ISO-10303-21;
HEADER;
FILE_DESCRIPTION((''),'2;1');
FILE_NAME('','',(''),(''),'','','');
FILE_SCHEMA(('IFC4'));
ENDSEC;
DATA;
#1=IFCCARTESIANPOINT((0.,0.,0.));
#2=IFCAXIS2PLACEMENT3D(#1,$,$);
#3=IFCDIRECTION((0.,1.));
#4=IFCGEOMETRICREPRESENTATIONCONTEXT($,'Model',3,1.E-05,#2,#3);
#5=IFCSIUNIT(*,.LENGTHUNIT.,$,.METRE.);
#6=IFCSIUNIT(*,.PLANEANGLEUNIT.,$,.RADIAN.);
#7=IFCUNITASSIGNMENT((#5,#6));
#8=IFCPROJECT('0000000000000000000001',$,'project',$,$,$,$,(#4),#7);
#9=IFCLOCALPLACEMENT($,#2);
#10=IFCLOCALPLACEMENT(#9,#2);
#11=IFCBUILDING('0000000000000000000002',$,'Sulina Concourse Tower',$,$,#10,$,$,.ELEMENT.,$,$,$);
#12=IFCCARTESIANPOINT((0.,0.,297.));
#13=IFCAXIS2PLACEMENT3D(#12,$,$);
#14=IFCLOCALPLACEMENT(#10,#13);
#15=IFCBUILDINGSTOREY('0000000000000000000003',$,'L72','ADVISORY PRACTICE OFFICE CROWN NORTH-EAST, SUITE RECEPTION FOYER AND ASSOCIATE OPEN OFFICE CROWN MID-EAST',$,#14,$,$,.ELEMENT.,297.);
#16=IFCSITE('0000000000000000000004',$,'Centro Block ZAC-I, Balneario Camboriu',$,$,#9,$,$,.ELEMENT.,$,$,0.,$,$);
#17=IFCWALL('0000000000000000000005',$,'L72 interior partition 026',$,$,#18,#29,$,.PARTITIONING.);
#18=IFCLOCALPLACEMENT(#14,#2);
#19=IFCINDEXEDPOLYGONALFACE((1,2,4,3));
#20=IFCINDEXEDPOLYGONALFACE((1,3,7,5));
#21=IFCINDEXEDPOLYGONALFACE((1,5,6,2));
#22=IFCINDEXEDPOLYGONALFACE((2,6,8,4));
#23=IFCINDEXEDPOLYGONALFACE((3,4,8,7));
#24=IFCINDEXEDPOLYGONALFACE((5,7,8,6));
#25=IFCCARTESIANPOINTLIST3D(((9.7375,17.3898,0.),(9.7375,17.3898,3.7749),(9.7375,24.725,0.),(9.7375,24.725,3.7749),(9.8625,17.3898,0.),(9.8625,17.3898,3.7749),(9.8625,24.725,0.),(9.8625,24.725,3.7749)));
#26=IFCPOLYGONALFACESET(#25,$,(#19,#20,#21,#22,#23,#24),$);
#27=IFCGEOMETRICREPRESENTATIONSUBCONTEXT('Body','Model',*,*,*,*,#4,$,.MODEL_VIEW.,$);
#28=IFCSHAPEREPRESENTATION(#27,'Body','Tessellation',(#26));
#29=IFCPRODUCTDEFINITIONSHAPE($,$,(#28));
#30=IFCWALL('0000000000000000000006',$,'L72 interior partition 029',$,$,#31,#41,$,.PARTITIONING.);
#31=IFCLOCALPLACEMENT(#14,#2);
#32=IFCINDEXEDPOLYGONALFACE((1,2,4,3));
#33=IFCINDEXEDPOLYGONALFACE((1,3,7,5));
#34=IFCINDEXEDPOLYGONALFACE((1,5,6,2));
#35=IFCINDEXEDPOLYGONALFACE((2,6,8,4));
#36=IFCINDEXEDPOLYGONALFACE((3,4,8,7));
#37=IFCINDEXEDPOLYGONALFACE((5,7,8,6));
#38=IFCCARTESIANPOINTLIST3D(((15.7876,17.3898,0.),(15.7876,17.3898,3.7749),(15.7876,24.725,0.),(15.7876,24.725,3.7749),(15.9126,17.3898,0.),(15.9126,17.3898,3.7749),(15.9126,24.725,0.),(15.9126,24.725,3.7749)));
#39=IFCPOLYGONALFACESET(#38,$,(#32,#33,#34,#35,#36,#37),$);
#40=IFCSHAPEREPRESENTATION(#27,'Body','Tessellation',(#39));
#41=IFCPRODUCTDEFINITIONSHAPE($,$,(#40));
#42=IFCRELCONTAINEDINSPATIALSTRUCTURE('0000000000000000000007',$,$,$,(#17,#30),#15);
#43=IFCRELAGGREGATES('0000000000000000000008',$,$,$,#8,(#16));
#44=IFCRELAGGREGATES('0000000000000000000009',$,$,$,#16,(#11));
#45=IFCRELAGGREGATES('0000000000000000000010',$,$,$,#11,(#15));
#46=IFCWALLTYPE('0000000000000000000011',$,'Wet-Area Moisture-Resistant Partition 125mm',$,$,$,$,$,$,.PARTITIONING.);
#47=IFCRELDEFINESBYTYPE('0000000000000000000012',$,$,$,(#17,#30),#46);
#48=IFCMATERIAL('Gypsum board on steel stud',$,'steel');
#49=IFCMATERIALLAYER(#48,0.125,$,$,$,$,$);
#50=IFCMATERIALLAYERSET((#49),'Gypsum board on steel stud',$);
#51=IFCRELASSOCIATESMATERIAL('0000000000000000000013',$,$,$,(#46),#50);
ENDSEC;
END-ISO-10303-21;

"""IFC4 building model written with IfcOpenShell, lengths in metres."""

from ifc_helpers import new_model, si_unit, direction, frame, frame_2d, origin, place, context, subcontext, project, spatial, rectangle, extrude, material, layer, layer_set, type_object, element, save


model = new_model("IFC4")

# Units and contexts
model_context = context("Model", 3, precision=1e-05, world=origin(), true_north=direction((0.0, 1.0)))
body_context = subcontext(model_context, "Body", "Model", "MODEL_VIEW")
ifc_project = project(units=[si_unit("LENGTHUNIT", "METRE"), si_unit("PLANEANGLEUNIT", "RADIAN")], contexts=[model_context])

# Site, building, storey
site_placement = place(None, origin())
site = spatial("IfcSite", under=ifc_project, at=site_placement, Name="Centro Block ZAC-I, Balneario Camboriu", CompositionType="ELEMENT", RefElevation=0.0)
building_placement = place(site_placement, origin())
building = spatial("IfcBuilding", under=site, at=building_placement, Name="Sulina Concourse Tower", CompositionType="ELEMENT")
storey_placement = place(building_placement, frame((0.0, 0.0, 297.0)))
storey = spatial("IfcBuildingStorey", under=building, at=storey_placement, Name="L72", Description="ADVISORY PRACTICE OFFICE CROWN NORTH-EAST, SUITE RECEPTION FOYER AND ASSOCIATE OPEN OFFICE CROWN MID-EAST", CompositionType="ELEMENT", Elevation=297.0)

# Shared definitions
ifc_material_1 = material(Name="Gypsum board on steel stud", Category="steel")
ifc_layer_1 = layer(ifc_material_1, 0.125)
ifc_layer_set_1 = layer_set([ifc_layer_1], Name="Gypsum board on steel stud")
wall_type_1 = type_object("IfcWallType", Name="Wet-Area Moisture-Resistant Partition 125mm", PredefinedType="PARTITIONING", material=ifc_layer_set_1)

# Walls
for number, where, z_axis, x_axis, name in (
    (1, (9.8, 17.3899, 0.0), (0.0, 0.0, 1.0), (0.0, 1.0, 0.0), "L72 interior partition 026"),
    (2, (15.8501, 17.3899, 0.0), (0.0, 0.0, 1.0), (0.0, 1.0, 0.0), "L72 interior partition 029"),
):
    element("IfcWall", number, at=place(storey_placement, frame(where, z_axis=z_axis, x_axis=x_axis)), inside=storey, type_object=wall_type_1, Name=name, PredefinedType="PARTITIONING", context=body_context, shape_type="SweptSolid", body=[
        extrude(rectangle(XDim=7.3352, YDim=0.125, at=frame_2d((3.6675, 0.0))), origin(), (0.0, 0.0, 1.0), 3.7749),
    ])

save(model, "model.ifc")
